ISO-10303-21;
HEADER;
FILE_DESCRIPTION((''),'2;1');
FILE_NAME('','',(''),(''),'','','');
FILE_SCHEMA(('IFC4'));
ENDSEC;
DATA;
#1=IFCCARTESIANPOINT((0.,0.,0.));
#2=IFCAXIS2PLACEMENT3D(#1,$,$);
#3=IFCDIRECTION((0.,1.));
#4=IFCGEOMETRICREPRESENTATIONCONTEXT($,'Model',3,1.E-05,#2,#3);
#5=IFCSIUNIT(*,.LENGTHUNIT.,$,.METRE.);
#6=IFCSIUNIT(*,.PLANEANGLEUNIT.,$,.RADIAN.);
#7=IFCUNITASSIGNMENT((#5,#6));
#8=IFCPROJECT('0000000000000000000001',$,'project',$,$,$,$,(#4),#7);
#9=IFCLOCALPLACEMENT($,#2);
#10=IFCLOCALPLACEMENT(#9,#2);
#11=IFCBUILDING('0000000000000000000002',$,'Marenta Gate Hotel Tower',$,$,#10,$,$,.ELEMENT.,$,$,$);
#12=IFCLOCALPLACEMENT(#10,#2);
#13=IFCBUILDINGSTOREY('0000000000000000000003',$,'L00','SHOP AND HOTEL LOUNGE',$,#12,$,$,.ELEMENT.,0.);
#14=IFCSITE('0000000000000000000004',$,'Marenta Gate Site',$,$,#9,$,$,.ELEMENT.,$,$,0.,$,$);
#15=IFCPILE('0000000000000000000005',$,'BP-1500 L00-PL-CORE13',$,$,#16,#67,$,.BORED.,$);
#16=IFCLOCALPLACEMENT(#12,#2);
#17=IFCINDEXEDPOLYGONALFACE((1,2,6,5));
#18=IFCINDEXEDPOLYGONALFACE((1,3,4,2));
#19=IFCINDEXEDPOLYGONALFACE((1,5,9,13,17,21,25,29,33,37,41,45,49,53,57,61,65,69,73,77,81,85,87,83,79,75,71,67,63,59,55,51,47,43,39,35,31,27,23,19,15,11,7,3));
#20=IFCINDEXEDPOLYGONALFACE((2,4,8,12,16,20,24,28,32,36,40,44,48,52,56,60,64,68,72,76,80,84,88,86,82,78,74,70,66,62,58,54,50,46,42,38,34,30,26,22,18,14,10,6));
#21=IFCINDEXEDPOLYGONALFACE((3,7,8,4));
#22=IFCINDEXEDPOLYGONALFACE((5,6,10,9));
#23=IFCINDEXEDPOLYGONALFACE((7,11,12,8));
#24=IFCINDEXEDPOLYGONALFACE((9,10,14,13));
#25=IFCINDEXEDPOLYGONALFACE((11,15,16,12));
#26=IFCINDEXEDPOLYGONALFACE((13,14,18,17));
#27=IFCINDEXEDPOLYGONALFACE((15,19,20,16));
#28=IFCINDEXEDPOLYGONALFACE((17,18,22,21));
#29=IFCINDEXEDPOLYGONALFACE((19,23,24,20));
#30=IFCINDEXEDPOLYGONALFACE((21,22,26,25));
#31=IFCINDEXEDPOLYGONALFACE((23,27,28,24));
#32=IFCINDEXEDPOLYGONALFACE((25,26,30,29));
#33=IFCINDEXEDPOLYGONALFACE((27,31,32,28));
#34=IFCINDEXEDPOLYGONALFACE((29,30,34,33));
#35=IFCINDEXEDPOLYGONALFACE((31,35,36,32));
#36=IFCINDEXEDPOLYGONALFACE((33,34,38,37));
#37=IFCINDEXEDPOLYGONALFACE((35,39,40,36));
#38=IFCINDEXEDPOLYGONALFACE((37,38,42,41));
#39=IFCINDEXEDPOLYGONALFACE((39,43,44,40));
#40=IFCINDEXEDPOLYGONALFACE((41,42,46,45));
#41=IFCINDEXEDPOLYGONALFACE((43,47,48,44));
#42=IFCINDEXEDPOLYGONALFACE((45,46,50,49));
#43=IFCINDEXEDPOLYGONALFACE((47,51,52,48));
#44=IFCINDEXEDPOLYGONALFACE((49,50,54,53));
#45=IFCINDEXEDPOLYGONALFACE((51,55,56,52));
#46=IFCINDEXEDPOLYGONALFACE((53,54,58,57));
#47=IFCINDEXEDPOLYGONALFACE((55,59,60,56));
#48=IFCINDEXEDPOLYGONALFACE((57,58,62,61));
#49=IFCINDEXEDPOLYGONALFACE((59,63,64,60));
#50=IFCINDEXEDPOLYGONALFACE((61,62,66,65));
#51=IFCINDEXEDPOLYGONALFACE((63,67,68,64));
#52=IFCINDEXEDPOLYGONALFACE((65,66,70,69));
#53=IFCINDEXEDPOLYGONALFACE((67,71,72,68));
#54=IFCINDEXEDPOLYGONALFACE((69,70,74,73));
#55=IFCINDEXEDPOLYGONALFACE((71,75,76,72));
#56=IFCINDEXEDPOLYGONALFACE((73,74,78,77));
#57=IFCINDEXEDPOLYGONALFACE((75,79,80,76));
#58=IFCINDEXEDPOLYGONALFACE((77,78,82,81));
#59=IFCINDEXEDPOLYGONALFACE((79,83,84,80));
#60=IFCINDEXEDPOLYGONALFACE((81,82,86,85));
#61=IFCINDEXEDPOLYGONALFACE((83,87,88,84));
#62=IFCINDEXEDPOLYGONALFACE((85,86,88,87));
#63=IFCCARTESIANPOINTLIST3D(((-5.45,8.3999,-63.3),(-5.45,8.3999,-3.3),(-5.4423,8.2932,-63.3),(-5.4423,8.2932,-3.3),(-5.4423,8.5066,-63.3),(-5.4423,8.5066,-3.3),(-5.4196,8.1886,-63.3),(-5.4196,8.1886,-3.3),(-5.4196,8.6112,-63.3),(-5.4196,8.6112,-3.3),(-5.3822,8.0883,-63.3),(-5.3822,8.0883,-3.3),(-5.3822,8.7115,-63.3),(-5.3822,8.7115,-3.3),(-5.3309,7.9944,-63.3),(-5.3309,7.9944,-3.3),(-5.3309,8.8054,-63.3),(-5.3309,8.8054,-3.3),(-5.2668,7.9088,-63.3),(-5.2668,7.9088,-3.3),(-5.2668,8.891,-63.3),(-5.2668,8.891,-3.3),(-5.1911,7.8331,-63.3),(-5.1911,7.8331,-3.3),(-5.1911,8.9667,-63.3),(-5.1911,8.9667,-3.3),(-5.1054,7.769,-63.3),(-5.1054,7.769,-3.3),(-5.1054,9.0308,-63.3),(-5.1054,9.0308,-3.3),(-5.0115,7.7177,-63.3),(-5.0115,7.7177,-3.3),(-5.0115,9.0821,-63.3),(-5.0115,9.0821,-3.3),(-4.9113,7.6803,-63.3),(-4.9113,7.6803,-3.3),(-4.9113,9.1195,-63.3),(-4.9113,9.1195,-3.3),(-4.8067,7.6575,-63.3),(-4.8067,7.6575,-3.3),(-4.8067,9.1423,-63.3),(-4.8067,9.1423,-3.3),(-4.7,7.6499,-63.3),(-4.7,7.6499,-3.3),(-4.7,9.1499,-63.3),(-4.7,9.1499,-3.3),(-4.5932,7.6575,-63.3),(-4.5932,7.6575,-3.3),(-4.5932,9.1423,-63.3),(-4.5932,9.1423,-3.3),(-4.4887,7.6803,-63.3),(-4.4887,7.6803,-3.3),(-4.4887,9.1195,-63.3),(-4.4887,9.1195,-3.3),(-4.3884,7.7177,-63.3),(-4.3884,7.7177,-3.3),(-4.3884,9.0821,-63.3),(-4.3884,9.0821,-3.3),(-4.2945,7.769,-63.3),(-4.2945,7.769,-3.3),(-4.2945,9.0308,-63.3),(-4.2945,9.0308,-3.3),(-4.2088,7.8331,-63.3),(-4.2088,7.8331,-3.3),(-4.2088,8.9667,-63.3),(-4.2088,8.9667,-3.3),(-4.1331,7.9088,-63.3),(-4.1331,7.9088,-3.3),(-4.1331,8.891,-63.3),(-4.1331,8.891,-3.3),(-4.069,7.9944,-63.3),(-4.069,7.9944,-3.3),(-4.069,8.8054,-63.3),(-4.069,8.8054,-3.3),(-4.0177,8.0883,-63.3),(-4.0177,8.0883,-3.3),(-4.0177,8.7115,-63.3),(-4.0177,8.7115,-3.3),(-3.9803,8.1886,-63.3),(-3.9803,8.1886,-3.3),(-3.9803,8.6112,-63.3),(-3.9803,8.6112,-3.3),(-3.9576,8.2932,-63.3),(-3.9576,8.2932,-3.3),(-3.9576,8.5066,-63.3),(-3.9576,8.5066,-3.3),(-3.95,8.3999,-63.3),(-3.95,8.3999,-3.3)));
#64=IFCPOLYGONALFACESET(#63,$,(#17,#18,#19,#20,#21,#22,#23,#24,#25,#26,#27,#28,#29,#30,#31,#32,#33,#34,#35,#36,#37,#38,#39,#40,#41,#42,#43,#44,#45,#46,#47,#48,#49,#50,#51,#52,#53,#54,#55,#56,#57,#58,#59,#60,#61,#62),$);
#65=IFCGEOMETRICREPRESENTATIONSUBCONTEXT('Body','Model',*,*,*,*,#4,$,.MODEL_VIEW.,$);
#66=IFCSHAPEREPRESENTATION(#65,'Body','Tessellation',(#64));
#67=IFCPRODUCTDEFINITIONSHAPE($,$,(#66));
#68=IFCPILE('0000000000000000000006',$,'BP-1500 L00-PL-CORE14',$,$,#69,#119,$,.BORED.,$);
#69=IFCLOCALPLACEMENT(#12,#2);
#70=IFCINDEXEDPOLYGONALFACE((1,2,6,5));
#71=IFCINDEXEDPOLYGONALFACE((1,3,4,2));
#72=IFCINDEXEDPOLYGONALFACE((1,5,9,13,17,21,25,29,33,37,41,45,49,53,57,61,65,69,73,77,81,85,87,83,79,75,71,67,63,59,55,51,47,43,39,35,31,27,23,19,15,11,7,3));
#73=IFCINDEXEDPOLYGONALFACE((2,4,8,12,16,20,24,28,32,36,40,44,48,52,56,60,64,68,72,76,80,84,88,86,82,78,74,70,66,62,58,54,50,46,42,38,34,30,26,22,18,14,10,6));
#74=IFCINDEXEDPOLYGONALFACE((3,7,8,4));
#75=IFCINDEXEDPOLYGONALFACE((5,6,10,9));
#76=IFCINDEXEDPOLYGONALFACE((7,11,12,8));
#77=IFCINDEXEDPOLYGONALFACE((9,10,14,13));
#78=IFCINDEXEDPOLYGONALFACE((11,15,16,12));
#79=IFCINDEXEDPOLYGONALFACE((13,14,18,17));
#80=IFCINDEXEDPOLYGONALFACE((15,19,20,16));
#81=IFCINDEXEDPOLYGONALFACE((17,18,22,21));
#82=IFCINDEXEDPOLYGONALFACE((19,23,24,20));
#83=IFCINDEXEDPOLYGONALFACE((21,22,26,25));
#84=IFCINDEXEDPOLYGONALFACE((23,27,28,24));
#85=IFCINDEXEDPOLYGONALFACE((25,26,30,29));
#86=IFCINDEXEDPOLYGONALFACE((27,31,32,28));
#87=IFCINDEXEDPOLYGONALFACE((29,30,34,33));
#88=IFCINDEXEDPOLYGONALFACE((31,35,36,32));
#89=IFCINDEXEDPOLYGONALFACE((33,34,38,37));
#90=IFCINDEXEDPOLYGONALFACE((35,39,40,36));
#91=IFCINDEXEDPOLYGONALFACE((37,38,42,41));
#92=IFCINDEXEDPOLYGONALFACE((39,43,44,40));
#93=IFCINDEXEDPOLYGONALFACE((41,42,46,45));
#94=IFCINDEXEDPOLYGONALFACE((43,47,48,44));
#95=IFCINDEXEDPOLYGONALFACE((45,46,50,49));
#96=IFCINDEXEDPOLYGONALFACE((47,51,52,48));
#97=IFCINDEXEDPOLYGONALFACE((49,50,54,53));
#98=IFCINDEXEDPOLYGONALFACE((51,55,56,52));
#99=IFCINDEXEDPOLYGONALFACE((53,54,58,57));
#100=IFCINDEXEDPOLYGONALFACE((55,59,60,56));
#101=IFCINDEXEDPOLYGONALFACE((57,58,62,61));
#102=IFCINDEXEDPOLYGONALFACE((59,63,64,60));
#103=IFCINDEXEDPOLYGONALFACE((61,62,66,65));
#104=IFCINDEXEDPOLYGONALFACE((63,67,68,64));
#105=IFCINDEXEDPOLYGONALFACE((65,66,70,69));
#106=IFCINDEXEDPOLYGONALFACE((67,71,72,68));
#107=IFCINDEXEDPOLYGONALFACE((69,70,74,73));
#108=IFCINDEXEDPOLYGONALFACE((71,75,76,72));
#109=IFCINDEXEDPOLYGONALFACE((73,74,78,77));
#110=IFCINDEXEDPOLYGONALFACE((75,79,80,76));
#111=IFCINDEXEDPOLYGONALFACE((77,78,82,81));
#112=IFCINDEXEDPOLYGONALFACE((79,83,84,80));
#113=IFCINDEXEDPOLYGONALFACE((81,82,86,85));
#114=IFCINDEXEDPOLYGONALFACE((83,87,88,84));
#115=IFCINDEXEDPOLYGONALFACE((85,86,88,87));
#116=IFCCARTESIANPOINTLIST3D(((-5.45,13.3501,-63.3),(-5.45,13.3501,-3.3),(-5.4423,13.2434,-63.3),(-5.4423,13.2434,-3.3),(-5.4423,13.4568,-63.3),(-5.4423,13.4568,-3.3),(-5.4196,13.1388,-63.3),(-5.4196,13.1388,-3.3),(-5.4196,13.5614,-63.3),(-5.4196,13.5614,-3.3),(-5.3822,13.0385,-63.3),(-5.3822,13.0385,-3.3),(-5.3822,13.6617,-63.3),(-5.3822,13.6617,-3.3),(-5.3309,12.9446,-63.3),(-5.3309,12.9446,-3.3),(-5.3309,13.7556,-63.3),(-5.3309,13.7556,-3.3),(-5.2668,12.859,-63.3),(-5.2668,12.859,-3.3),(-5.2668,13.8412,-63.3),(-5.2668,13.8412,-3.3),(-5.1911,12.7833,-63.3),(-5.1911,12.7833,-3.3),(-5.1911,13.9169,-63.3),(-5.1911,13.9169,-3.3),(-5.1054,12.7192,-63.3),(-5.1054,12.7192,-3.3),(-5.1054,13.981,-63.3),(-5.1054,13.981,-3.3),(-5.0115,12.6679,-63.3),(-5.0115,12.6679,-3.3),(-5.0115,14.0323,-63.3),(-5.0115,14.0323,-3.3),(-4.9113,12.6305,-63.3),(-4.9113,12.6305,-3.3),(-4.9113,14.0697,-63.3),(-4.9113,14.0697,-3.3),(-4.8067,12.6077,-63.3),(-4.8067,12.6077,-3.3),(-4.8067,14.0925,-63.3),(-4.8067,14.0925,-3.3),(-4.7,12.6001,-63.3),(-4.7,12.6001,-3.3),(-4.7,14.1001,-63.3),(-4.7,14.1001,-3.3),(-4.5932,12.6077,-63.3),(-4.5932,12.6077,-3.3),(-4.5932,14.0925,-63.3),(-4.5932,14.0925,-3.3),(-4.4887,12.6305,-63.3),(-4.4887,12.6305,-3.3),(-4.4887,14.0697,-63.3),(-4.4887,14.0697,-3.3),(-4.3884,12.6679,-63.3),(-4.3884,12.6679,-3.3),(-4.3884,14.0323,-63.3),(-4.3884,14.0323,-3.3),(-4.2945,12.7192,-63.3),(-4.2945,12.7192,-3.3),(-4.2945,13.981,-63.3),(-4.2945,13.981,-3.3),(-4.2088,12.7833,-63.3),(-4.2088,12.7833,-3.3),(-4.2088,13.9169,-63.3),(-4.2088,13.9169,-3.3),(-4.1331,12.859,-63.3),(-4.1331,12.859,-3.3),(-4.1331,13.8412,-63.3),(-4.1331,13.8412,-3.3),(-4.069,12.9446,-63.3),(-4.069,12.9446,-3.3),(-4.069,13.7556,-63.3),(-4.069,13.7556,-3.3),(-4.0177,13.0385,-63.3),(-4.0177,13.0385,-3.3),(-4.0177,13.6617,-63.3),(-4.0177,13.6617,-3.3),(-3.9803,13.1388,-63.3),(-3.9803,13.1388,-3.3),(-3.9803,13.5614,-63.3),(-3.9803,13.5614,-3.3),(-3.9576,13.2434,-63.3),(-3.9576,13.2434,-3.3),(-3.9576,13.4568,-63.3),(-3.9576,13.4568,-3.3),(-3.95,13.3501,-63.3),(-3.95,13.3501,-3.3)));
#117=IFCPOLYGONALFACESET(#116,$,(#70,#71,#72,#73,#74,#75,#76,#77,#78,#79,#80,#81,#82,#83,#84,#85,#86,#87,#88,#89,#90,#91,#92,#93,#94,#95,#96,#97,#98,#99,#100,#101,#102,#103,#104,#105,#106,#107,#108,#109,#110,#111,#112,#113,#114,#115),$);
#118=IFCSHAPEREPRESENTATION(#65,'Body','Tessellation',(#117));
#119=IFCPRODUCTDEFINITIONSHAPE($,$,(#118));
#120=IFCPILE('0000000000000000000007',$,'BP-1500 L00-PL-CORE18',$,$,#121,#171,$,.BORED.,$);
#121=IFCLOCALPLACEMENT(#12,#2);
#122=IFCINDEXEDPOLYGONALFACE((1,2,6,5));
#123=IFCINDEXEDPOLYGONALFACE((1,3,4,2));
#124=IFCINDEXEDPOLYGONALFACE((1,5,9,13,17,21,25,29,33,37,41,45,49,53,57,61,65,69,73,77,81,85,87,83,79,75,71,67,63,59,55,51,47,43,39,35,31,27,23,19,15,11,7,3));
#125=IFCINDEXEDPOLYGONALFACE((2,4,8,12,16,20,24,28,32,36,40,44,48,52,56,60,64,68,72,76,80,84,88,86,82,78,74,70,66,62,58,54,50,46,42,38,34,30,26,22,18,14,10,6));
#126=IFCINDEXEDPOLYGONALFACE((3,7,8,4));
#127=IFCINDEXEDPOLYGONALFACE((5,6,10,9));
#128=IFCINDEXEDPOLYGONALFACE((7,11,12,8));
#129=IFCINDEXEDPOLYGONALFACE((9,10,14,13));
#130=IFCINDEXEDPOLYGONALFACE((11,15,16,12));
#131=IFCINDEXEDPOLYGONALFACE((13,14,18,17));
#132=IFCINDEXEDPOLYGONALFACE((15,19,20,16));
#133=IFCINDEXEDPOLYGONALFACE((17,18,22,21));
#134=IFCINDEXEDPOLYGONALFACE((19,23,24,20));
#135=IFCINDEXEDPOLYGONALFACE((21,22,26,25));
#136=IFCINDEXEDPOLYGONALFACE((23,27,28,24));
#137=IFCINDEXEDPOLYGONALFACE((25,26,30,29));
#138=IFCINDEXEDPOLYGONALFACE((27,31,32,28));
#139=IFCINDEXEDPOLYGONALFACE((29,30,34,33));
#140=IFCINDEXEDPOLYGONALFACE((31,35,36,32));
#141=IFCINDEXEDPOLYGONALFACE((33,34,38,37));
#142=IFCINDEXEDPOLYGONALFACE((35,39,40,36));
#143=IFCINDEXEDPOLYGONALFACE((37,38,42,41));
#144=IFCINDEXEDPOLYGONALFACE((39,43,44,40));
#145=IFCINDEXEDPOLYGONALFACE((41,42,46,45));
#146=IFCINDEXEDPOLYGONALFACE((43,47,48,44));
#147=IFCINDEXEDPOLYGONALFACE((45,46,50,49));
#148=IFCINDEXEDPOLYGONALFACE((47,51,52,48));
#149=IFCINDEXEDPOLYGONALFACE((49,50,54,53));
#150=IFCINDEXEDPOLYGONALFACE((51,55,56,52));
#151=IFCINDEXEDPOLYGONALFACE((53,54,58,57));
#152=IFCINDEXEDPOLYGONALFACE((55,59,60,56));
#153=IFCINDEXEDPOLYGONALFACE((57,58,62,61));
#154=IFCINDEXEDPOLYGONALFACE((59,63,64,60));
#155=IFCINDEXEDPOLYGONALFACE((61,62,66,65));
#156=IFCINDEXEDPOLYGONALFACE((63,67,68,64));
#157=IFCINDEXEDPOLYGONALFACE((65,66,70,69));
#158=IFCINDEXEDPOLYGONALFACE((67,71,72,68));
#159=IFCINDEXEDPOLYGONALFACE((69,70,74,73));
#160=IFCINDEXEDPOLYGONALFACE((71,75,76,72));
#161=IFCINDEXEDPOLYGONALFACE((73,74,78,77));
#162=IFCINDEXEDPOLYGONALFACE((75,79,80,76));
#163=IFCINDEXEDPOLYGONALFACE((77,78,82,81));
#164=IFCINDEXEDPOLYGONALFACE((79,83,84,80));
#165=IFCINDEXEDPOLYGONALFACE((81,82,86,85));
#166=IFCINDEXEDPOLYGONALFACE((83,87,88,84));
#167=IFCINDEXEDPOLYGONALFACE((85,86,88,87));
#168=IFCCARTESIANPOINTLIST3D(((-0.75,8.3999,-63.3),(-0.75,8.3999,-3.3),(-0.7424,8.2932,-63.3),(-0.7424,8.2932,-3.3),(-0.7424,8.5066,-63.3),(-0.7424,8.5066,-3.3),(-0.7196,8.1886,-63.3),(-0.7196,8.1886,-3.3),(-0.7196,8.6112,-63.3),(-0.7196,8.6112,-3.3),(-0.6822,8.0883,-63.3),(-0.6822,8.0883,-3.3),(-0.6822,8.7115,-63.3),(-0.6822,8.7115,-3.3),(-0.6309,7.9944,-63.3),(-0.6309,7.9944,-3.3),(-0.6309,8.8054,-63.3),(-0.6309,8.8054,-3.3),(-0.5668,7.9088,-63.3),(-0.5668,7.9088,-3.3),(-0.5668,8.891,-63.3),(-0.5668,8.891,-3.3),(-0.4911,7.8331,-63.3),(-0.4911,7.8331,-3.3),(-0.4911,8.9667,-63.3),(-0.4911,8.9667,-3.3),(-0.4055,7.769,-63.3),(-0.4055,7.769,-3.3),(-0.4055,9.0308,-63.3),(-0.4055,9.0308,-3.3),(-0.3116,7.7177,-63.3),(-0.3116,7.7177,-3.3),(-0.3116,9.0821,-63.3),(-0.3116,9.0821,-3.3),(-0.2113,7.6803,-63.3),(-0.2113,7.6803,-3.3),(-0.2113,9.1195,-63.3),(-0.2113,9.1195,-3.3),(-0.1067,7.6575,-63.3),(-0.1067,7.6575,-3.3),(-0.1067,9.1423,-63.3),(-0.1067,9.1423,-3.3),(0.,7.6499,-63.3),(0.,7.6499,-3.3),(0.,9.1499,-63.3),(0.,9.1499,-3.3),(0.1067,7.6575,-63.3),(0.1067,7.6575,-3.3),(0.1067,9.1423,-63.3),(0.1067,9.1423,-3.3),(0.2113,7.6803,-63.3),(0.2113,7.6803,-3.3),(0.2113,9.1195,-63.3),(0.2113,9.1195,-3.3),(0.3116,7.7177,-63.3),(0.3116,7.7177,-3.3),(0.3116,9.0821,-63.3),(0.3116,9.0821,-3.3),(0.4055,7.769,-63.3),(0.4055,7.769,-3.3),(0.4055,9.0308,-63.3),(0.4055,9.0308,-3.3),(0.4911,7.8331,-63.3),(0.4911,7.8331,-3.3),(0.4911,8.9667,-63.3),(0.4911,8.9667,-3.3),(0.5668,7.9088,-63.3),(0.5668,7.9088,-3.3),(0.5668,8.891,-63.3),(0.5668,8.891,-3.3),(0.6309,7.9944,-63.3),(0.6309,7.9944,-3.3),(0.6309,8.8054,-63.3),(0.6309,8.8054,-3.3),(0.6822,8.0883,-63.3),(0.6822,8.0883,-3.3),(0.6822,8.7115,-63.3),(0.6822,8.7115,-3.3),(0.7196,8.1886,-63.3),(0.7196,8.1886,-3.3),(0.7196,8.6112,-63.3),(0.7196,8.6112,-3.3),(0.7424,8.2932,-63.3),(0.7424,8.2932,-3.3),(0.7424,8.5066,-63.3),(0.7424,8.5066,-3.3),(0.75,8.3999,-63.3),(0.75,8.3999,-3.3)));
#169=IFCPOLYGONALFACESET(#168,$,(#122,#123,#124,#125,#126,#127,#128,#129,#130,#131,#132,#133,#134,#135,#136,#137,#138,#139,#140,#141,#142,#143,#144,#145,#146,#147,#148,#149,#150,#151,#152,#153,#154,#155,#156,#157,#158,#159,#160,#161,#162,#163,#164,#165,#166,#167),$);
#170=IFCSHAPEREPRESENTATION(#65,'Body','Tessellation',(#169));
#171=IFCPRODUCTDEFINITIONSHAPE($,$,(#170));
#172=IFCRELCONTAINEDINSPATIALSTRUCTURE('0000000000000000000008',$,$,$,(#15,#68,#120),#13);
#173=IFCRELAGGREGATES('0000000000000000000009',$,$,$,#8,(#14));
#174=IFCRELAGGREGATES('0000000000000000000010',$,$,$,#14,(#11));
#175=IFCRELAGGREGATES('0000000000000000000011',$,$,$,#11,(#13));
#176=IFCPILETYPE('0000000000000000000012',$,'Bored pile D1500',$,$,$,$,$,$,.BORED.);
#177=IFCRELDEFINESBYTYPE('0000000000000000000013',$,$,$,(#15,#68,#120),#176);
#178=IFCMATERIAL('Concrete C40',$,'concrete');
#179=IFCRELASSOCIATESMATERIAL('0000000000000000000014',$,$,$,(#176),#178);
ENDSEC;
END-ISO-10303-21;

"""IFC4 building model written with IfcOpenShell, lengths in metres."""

from ifc_helpers import new_model, si_unit, direction, frame, origin, origin_2d, place, context, subcontext, project, spatial, circle, extrude, material, type_object, element, save


model = new_model("IFC4")

# Units and contexts
model_context = context("Model", 3, precision=1e-05, world=origin(), true_north=direction((0.0, 1.0)))
body_context = subcontext(model_context, "Body", "Model", "MODEL_VIEW")
ifc_project = project(units=[si_unit("LENGTHUNIT", "METRE"), si_unit("PLANEANGLEUNIT", "RADIAN")], contexts=[model_context])

# Site, building, storey
site_placement = place(None, origin())
site = spatial("IfcSite", under=ifc_project, at=site_placement, Name="Marenta Gate Site", CompositionType="ELEMENT", RefElevation=0.0)
building_placement = place(site_placement, origin())
building = spatial("IfcBuilding", under=site, at=building_placement, Name="Marenta Gate Hotel Tower", CompositionType="ELEMENT")
storey_placement = place(building_placement, origin())
storey = spatial("IfcBuildingStorey", under=building, at=storey_placement, Name="L00", Description="SHOP AND HOTEL LOUNGE", CompositionType="ELEMENT", Elevation=0.0)

# Piles
ifc_material_1 = material(Name="Concrete C40", Category="concrete")
pile_type = type_object("IfcPileType", Name="Bored pile D1500", PredefinedType="BORED", material=ifc_material_1)
for number, where, z_axis, x_axis, name in (
    (1, (-4.7, 8.3999, -3.3), (0.0, 0.0, -1.0), (1.0, 0.0, 0.0), "BP-1500 L00-PL-CORE13"),
    (2, (-4.7, 13.3501, -3.3), (0.0, 0.0, -1.0), (1.0, 0.0, 0.0), "BP-1500 L00-PL-CORE14"),
    (3, (0.0, 8.3999, -3.3), (0.0, 0.0, -1.0), (1.0, 0.0, 0.0), "BP-1500 L00-PL-CORE18"),
):
    element("IfcPile", number, at=place(storey_placement, frame(where, z_axis=z_axis, x_axis=x_axis)), inside=storey, type_object=pile_type, Name=name, PredefinedType="BORED", context=body_context, shape_type="SweptSolid", body=[
        extrude(circle(Radius=0.75, at=origin_2d()), origin(), (0.0, 0.0, 1.0), 60.0),
    ])

save(model, "model.ifc")
